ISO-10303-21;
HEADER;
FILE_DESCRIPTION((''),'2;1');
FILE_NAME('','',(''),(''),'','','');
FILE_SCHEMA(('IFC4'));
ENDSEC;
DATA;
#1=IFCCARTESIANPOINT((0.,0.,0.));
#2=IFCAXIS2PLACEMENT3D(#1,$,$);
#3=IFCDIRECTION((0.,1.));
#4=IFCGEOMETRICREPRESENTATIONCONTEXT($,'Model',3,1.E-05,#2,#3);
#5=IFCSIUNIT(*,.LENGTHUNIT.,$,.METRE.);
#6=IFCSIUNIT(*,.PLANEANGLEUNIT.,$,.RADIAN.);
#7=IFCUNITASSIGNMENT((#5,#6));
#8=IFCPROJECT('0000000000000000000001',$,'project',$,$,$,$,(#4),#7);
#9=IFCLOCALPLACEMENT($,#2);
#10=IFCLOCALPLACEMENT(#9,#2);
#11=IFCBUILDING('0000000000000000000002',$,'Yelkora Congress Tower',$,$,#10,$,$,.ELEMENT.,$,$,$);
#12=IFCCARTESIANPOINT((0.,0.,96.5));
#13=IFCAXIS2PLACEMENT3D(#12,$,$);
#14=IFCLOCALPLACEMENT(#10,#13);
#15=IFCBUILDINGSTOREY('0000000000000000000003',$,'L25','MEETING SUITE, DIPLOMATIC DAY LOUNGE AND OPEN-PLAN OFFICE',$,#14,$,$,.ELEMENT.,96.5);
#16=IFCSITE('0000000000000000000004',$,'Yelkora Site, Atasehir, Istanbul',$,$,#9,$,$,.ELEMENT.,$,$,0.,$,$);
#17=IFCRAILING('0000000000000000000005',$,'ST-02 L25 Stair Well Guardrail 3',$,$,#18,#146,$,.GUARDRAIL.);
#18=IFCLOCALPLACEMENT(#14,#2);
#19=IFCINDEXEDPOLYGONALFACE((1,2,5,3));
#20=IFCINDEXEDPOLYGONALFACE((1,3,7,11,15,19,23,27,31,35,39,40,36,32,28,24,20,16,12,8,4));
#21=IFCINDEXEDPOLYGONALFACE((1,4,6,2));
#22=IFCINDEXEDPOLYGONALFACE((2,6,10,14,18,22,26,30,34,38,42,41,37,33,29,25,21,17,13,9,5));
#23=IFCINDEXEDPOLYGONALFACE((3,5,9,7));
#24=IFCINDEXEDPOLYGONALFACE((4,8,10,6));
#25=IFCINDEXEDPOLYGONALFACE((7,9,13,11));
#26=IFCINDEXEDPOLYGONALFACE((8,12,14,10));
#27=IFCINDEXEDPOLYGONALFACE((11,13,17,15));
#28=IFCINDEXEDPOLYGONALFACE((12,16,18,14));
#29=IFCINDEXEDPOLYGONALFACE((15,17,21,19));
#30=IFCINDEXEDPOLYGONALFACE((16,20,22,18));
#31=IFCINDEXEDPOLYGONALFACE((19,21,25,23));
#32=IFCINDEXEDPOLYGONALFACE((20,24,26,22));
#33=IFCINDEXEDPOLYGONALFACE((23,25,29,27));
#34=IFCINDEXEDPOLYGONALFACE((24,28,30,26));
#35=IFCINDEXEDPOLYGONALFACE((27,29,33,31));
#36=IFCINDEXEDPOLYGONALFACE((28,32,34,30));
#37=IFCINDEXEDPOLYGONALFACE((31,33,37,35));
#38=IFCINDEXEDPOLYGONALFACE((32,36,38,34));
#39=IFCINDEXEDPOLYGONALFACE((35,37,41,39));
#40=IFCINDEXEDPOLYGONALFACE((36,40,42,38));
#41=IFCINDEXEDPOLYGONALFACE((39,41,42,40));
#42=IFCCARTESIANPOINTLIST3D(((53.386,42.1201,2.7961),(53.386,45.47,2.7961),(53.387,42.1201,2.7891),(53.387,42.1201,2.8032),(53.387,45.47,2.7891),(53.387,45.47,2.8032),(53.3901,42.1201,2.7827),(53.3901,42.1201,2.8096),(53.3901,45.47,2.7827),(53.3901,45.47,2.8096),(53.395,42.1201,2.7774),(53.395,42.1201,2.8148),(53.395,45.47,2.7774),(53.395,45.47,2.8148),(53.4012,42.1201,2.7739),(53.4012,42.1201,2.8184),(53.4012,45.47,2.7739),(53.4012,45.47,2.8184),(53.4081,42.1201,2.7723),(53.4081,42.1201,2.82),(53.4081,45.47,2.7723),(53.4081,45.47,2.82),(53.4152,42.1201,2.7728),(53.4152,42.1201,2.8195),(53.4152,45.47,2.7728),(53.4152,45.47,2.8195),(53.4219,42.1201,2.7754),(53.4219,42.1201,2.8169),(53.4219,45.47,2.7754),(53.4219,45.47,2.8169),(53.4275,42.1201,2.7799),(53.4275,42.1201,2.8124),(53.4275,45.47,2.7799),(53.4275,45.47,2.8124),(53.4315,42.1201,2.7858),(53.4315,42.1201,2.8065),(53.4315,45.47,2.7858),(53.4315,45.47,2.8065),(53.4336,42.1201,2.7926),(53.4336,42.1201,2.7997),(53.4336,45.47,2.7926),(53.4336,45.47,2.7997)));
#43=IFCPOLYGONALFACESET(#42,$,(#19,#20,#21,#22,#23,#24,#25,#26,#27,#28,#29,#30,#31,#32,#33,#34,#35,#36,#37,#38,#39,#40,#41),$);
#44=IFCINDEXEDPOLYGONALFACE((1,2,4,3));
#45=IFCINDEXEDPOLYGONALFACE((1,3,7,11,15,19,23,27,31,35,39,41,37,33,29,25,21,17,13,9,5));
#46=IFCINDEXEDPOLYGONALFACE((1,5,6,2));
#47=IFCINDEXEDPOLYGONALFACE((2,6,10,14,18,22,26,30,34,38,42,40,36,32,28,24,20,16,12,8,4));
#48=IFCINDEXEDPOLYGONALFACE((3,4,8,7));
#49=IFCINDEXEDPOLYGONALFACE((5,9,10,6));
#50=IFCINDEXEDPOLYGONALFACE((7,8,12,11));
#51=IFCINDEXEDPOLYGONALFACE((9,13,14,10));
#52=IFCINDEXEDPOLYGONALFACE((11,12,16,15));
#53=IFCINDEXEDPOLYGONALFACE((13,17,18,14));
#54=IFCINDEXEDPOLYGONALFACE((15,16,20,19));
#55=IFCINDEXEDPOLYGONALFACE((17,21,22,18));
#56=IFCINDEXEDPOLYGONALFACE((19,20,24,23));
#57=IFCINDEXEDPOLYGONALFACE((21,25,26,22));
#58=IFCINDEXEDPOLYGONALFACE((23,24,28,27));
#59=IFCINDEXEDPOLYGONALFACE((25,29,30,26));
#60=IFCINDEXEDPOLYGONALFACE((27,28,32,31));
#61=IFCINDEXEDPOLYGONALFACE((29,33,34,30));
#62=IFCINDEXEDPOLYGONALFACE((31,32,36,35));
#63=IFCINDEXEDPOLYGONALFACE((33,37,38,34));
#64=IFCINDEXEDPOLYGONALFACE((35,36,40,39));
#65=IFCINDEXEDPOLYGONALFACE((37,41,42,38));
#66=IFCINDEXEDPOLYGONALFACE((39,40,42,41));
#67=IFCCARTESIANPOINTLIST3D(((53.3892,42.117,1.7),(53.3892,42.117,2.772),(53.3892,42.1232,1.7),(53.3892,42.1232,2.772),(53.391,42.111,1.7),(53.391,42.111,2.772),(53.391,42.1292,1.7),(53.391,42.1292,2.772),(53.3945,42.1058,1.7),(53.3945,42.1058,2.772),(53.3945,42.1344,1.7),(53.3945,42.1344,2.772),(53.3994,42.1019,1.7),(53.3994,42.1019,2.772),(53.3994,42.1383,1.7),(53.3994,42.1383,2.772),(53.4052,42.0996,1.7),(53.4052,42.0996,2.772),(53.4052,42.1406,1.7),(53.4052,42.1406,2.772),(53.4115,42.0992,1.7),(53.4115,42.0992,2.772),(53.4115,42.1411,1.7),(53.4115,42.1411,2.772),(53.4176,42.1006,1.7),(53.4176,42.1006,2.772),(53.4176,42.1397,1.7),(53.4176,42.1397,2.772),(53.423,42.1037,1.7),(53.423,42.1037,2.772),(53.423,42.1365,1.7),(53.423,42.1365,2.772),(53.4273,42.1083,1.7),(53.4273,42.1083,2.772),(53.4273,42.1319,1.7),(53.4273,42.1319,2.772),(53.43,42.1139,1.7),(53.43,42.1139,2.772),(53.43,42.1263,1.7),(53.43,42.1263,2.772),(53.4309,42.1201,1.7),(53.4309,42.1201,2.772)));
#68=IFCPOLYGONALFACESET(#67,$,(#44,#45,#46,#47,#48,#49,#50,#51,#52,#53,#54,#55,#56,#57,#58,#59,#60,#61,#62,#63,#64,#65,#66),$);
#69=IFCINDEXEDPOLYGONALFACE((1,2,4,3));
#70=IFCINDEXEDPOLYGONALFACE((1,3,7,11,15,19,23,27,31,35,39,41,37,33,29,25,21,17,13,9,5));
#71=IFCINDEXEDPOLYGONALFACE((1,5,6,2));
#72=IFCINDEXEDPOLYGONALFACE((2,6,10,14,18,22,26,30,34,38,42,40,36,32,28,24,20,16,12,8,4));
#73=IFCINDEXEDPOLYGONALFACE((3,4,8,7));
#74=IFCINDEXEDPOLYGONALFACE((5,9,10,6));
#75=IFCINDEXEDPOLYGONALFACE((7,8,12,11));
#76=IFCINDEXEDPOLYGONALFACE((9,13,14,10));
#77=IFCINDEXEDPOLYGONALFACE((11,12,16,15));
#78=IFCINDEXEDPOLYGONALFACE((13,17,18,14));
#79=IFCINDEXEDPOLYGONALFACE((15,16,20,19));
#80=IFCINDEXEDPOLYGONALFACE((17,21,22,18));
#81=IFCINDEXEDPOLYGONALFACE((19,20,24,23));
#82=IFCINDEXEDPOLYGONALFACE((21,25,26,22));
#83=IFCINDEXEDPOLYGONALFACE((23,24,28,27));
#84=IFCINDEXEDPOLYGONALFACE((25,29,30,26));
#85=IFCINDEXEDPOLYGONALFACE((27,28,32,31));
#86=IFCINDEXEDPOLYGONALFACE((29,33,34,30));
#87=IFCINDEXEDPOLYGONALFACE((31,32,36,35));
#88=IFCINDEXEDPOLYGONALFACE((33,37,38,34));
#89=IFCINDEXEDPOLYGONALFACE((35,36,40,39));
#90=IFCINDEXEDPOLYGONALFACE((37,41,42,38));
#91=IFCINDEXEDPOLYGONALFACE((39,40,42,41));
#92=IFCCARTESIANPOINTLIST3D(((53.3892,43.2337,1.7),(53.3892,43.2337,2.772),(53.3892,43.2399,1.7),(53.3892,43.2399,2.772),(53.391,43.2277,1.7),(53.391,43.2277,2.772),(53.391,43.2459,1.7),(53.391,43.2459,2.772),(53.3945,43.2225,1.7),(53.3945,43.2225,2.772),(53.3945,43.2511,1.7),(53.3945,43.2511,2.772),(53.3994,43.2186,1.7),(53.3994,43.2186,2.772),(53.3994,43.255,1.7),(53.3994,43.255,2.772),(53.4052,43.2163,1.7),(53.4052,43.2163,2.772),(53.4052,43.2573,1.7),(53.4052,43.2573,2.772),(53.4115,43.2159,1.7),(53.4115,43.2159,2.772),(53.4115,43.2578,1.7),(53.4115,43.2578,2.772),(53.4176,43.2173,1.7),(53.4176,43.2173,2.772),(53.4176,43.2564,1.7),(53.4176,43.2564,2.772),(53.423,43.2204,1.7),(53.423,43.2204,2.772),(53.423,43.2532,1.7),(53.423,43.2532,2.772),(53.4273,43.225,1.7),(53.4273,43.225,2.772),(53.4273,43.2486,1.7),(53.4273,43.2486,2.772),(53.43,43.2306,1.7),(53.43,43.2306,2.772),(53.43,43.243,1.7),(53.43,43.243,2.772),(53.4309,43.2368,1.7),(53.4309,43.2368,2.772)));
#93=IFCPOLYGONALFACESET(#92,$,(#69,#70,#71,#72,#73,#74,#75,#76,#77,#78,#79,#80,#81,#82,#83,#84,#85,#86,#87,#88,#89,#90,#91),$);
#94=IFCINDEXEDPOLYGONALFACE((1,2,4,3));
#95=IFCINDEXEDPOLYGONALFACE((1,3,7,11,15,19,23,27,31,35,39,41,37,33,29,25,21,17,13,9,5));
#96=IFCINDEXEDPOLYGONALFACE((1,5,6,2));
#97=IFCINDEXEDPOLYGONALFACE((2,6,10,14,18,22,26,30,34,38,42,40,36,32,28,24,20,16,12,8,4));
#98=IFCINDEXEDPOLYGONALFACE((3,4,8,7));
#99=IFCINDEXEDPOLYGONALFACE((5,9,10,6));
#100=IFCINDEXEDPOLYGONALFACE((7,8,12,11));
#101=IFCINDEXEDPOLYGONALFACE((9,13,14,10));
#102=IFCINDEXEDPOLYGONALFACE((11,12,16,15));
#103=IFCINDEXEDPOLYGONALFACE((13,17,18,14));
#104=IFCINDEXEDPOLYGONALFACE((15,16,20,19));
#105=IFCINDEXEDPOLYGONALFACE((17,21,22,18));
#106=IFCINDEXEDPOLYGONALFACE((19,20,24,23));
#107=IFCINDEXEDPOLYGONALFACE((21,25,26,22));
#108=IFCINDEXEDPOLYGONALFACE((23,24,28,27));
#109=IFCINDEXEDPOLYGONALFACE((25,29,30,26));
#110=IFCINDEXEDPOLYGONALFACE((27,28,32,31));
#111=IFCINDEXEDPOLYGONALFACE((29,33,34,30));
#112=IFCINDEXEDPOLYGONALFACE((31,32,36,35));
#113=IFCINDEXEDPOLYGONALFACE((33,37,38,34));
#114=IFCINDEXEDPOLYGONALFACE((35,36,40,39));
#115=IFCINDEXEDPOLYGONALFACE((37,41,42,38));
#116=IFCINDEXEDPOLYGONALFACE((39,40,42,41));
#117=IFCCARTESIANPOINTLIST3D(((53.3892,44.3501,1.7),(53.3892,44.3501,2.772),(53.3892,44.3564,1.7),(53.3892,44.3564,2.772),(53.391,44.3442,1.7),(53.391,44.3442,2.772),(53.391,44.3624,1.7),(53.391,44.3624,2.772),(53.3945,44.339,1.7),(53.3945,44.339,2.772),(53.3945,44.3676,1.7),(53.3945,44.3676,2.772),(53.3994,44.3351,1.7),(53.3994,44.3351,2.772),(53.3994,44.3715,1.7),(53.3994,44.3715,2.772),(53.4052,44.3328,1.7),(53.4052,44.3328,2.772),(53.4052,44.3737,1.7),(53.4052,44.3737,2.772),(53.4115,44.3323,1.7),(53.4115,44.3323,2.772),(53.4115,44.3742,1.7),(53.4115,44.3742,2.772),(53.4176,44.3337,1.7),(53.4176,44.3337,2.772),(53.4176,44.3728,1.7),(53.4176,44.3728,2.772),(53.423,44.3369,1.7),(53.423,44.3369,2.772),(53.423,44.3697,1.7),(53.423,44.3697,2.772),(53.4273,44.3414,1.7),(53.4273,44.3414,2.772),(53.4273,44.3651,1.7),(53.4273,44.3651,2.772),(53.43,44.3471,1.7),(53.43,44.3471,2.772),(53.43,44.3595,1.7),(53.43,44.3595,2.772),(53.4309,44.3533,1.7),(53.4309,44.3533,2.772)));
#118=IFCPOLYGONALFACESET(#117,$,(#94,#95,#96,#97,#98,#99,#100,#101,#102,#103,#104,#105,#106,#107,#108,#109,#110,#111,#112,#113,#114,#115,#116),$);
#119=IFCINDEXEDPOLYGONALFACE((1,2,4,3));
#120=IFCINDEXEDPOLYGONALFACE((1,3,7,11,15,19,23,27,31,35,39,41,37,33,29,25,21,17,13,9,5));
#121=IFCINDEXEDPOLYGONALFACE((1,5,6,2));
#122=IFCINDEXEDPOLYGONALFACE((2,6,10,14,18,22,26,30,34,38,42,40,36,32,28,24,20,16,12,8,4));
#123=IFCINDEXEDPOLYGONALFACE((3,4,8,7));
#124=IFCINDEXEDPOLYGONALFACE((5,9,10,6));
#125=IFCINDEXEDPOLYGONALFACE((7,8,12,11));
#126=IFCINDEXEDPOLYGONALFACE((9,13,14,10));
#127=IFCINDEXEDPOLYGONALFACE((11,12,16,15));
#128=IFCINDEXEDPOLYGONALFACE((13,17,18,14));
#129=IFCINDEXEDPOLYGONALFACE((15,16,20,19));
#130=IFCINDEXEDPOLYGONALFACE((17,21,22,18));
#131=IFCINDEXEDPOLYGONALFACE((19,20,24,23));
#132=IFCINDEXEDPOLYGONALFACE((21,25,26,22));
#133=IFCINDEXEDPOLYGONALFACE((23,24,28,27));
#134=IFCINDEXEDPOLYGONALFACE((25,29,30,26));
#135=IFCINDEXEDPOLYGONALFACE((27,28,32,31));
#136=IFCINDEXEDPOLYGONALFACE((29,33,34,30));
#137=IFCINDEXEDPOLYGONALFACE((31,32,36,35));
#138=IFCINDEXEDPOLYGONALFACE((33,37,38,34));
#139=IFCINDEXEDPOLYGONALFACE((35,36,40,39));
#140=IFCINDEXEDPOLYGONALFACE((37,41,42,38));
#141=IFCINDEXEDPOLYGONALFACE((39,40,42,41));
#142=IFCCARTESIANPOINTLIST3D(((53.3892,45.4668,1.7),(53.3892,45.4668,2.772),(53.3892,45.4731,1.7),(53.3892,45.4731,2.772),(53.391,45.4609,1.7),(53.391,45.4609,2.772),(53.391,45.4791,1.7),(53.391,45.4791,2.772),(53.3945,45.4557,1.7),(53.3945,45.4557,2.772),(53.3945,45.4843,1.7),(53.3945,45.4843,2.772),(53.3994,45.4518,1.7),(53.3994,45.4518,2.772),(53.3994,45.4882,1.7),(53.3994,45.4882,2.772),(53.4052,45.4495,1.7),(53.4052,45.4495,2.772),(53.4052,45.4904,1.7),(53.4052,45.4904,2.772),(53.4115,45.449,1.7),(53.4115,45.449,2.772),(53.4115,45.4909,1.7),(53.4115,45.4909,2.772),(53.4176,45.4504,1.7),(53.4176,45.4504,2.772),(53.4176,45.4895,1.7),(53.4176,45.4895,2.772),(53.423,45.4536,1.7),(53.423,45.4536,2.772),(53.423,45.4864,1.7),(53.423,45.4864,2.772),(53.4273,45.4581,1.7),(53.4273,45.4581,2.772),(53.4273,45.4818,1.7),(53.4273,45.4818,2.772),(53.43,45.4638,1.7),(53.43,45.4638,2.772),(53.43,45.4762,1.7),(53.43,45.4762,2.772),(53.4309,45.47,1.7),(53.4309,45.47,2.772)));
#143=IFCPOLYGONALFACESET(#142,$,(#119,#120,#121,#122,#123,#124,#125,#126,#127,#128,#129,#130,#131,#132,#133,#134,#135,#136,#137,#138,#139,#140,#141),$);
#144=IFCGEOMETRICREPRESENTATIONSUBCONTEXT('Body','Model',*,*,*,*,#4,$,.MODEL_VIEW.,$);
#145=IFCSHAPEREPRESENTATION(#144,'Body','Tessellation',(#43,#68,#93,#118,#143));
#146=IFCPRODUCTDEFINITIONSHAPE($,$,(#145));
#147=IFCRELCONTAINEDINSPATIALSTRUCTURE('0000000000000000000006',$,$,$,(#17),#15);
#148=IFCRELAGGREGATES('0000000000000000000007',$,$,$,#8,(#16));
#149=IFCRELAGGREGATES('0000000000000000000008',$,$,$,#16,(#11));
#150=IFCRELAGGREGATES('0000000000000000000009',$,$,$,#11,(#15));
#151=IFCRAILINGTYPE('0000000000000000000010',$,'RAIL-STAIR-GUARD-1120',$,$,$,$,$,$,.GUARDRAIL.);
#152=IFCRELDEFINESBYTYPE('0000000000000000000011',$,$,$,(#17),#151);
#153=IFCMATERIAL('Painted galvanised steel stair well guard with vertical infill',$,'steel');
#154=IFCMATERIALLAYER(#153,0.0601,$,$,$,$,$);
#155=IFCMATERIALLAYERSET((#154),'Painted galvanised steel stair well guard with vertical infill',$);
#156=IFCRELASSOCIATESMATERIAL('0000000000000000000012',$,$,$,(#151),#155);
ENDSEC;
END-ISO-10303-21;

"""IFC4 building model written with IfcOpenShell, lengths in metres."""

from ifc_helpers import new_model, si_unit, direction, frame, origin, origin_2d, place, context, subcontext, project, spatial, circle, extrude, material, layer, layer_set, type_object, element, save


model = new_model("IFC4")

# Units and contexts
model_context = context("Model", 3, precision=1e-05, world=origin(), true_north=direction((0.0, 1.0)))
body_context = subcontext(model_context, "Body", "Model", "MODEL_VIEW")
ifc_project = project(units=[si_unit("LENGTHUNIT", "METRE"), si_unit("PLANEANGLEUNIT", "RADIAN")], contexts=[model_context])

# Site, building, storey
site_placement = place(None, origin())
site = spatial("IfcSite", under=ifc_project, at=site_placement, Name="Yelkora Site, Atasehir, Istanbul", CompositionType="ELEMENT", RefElevation=0.0)
building_placement = place(site_placement, origin())
building = spatial("IfcBuilding", under=site, at=building_placement, Name="Yelkora Congress Tower", CompositionType="ELEMENT")
storey_placement = place(building_placement, frame((0.0, 0.0, 96.5)))
storey = spatial("IfcBuildingStorey", under=building, at=storey_placement, Name="L25", Description="MEETING SUITE, DIPLOMATIC DAY LOUNGE AND OPEN-PLAN OFFICE", CompositionType="ELEMENT", Elevation=96.5)

# Railing
ifc_material_1 = material(Name="Painted galvanised steel stair well guard with vertical infill", Category="steel")
ifc_layer_1 = layer(ifc_material_1, 0.0601)
ifc_layer_set_1 = layer_set([ifc_layer_1], Name="Painted galvanised steel stair well guard with vertical infill")
railing_type_1 = type_object("IfcRailingType", Name="RAIL-STAIR-GUARD-1120", PredefinedType="GUARDRAIL", material=ifc_layer_set_1)
for number, where, name in (
    (1, (53.4099, 42.1201, 1.7), "ST-02 L25 Stair Well Guardrail 3"),
):
    element("IfcRailing", number, at=place(storey_placement, frame(where)), inside=storey, type_object=railing_type_1, Name=name, PredefinedType="GUARDRAIL", context=body_context, shape_type="SweptSolid", body=[
        extrude(circle(Radius=0.0239, at=origin_2d()), frame((0.0, 0.0, 1.0962), z_axis=(0.0, 1.0, 0.0), x_axis=(-1.0, 0.0, 0.0)), (0.0, 0.0, 1.0), 3.3499),
        extrude(circle(Radius=0.021, at=origin_2d()), origin(), (0.0, 0.0, 1.0), 1.072),
        extrude(circle(Radius=0.021, at=origin_2d()), frame((0.0, 1.1167, 0.0)), (0.0, 0.0, 1.0), 1.072),
        extrude(circle(Radius=0.021, at=origin_2d()), frame((0.0, 2.2332, 0.0)), (0.0, 0.0, 1.0), 1.072),
        extrude(circle(Radius=0.021, at=origin_2d()), frame((0.0, 3.3499, 0.0)), (0.0, 0.0, 1.0), 1.072),
    ])

save(model, "model.ifc")
